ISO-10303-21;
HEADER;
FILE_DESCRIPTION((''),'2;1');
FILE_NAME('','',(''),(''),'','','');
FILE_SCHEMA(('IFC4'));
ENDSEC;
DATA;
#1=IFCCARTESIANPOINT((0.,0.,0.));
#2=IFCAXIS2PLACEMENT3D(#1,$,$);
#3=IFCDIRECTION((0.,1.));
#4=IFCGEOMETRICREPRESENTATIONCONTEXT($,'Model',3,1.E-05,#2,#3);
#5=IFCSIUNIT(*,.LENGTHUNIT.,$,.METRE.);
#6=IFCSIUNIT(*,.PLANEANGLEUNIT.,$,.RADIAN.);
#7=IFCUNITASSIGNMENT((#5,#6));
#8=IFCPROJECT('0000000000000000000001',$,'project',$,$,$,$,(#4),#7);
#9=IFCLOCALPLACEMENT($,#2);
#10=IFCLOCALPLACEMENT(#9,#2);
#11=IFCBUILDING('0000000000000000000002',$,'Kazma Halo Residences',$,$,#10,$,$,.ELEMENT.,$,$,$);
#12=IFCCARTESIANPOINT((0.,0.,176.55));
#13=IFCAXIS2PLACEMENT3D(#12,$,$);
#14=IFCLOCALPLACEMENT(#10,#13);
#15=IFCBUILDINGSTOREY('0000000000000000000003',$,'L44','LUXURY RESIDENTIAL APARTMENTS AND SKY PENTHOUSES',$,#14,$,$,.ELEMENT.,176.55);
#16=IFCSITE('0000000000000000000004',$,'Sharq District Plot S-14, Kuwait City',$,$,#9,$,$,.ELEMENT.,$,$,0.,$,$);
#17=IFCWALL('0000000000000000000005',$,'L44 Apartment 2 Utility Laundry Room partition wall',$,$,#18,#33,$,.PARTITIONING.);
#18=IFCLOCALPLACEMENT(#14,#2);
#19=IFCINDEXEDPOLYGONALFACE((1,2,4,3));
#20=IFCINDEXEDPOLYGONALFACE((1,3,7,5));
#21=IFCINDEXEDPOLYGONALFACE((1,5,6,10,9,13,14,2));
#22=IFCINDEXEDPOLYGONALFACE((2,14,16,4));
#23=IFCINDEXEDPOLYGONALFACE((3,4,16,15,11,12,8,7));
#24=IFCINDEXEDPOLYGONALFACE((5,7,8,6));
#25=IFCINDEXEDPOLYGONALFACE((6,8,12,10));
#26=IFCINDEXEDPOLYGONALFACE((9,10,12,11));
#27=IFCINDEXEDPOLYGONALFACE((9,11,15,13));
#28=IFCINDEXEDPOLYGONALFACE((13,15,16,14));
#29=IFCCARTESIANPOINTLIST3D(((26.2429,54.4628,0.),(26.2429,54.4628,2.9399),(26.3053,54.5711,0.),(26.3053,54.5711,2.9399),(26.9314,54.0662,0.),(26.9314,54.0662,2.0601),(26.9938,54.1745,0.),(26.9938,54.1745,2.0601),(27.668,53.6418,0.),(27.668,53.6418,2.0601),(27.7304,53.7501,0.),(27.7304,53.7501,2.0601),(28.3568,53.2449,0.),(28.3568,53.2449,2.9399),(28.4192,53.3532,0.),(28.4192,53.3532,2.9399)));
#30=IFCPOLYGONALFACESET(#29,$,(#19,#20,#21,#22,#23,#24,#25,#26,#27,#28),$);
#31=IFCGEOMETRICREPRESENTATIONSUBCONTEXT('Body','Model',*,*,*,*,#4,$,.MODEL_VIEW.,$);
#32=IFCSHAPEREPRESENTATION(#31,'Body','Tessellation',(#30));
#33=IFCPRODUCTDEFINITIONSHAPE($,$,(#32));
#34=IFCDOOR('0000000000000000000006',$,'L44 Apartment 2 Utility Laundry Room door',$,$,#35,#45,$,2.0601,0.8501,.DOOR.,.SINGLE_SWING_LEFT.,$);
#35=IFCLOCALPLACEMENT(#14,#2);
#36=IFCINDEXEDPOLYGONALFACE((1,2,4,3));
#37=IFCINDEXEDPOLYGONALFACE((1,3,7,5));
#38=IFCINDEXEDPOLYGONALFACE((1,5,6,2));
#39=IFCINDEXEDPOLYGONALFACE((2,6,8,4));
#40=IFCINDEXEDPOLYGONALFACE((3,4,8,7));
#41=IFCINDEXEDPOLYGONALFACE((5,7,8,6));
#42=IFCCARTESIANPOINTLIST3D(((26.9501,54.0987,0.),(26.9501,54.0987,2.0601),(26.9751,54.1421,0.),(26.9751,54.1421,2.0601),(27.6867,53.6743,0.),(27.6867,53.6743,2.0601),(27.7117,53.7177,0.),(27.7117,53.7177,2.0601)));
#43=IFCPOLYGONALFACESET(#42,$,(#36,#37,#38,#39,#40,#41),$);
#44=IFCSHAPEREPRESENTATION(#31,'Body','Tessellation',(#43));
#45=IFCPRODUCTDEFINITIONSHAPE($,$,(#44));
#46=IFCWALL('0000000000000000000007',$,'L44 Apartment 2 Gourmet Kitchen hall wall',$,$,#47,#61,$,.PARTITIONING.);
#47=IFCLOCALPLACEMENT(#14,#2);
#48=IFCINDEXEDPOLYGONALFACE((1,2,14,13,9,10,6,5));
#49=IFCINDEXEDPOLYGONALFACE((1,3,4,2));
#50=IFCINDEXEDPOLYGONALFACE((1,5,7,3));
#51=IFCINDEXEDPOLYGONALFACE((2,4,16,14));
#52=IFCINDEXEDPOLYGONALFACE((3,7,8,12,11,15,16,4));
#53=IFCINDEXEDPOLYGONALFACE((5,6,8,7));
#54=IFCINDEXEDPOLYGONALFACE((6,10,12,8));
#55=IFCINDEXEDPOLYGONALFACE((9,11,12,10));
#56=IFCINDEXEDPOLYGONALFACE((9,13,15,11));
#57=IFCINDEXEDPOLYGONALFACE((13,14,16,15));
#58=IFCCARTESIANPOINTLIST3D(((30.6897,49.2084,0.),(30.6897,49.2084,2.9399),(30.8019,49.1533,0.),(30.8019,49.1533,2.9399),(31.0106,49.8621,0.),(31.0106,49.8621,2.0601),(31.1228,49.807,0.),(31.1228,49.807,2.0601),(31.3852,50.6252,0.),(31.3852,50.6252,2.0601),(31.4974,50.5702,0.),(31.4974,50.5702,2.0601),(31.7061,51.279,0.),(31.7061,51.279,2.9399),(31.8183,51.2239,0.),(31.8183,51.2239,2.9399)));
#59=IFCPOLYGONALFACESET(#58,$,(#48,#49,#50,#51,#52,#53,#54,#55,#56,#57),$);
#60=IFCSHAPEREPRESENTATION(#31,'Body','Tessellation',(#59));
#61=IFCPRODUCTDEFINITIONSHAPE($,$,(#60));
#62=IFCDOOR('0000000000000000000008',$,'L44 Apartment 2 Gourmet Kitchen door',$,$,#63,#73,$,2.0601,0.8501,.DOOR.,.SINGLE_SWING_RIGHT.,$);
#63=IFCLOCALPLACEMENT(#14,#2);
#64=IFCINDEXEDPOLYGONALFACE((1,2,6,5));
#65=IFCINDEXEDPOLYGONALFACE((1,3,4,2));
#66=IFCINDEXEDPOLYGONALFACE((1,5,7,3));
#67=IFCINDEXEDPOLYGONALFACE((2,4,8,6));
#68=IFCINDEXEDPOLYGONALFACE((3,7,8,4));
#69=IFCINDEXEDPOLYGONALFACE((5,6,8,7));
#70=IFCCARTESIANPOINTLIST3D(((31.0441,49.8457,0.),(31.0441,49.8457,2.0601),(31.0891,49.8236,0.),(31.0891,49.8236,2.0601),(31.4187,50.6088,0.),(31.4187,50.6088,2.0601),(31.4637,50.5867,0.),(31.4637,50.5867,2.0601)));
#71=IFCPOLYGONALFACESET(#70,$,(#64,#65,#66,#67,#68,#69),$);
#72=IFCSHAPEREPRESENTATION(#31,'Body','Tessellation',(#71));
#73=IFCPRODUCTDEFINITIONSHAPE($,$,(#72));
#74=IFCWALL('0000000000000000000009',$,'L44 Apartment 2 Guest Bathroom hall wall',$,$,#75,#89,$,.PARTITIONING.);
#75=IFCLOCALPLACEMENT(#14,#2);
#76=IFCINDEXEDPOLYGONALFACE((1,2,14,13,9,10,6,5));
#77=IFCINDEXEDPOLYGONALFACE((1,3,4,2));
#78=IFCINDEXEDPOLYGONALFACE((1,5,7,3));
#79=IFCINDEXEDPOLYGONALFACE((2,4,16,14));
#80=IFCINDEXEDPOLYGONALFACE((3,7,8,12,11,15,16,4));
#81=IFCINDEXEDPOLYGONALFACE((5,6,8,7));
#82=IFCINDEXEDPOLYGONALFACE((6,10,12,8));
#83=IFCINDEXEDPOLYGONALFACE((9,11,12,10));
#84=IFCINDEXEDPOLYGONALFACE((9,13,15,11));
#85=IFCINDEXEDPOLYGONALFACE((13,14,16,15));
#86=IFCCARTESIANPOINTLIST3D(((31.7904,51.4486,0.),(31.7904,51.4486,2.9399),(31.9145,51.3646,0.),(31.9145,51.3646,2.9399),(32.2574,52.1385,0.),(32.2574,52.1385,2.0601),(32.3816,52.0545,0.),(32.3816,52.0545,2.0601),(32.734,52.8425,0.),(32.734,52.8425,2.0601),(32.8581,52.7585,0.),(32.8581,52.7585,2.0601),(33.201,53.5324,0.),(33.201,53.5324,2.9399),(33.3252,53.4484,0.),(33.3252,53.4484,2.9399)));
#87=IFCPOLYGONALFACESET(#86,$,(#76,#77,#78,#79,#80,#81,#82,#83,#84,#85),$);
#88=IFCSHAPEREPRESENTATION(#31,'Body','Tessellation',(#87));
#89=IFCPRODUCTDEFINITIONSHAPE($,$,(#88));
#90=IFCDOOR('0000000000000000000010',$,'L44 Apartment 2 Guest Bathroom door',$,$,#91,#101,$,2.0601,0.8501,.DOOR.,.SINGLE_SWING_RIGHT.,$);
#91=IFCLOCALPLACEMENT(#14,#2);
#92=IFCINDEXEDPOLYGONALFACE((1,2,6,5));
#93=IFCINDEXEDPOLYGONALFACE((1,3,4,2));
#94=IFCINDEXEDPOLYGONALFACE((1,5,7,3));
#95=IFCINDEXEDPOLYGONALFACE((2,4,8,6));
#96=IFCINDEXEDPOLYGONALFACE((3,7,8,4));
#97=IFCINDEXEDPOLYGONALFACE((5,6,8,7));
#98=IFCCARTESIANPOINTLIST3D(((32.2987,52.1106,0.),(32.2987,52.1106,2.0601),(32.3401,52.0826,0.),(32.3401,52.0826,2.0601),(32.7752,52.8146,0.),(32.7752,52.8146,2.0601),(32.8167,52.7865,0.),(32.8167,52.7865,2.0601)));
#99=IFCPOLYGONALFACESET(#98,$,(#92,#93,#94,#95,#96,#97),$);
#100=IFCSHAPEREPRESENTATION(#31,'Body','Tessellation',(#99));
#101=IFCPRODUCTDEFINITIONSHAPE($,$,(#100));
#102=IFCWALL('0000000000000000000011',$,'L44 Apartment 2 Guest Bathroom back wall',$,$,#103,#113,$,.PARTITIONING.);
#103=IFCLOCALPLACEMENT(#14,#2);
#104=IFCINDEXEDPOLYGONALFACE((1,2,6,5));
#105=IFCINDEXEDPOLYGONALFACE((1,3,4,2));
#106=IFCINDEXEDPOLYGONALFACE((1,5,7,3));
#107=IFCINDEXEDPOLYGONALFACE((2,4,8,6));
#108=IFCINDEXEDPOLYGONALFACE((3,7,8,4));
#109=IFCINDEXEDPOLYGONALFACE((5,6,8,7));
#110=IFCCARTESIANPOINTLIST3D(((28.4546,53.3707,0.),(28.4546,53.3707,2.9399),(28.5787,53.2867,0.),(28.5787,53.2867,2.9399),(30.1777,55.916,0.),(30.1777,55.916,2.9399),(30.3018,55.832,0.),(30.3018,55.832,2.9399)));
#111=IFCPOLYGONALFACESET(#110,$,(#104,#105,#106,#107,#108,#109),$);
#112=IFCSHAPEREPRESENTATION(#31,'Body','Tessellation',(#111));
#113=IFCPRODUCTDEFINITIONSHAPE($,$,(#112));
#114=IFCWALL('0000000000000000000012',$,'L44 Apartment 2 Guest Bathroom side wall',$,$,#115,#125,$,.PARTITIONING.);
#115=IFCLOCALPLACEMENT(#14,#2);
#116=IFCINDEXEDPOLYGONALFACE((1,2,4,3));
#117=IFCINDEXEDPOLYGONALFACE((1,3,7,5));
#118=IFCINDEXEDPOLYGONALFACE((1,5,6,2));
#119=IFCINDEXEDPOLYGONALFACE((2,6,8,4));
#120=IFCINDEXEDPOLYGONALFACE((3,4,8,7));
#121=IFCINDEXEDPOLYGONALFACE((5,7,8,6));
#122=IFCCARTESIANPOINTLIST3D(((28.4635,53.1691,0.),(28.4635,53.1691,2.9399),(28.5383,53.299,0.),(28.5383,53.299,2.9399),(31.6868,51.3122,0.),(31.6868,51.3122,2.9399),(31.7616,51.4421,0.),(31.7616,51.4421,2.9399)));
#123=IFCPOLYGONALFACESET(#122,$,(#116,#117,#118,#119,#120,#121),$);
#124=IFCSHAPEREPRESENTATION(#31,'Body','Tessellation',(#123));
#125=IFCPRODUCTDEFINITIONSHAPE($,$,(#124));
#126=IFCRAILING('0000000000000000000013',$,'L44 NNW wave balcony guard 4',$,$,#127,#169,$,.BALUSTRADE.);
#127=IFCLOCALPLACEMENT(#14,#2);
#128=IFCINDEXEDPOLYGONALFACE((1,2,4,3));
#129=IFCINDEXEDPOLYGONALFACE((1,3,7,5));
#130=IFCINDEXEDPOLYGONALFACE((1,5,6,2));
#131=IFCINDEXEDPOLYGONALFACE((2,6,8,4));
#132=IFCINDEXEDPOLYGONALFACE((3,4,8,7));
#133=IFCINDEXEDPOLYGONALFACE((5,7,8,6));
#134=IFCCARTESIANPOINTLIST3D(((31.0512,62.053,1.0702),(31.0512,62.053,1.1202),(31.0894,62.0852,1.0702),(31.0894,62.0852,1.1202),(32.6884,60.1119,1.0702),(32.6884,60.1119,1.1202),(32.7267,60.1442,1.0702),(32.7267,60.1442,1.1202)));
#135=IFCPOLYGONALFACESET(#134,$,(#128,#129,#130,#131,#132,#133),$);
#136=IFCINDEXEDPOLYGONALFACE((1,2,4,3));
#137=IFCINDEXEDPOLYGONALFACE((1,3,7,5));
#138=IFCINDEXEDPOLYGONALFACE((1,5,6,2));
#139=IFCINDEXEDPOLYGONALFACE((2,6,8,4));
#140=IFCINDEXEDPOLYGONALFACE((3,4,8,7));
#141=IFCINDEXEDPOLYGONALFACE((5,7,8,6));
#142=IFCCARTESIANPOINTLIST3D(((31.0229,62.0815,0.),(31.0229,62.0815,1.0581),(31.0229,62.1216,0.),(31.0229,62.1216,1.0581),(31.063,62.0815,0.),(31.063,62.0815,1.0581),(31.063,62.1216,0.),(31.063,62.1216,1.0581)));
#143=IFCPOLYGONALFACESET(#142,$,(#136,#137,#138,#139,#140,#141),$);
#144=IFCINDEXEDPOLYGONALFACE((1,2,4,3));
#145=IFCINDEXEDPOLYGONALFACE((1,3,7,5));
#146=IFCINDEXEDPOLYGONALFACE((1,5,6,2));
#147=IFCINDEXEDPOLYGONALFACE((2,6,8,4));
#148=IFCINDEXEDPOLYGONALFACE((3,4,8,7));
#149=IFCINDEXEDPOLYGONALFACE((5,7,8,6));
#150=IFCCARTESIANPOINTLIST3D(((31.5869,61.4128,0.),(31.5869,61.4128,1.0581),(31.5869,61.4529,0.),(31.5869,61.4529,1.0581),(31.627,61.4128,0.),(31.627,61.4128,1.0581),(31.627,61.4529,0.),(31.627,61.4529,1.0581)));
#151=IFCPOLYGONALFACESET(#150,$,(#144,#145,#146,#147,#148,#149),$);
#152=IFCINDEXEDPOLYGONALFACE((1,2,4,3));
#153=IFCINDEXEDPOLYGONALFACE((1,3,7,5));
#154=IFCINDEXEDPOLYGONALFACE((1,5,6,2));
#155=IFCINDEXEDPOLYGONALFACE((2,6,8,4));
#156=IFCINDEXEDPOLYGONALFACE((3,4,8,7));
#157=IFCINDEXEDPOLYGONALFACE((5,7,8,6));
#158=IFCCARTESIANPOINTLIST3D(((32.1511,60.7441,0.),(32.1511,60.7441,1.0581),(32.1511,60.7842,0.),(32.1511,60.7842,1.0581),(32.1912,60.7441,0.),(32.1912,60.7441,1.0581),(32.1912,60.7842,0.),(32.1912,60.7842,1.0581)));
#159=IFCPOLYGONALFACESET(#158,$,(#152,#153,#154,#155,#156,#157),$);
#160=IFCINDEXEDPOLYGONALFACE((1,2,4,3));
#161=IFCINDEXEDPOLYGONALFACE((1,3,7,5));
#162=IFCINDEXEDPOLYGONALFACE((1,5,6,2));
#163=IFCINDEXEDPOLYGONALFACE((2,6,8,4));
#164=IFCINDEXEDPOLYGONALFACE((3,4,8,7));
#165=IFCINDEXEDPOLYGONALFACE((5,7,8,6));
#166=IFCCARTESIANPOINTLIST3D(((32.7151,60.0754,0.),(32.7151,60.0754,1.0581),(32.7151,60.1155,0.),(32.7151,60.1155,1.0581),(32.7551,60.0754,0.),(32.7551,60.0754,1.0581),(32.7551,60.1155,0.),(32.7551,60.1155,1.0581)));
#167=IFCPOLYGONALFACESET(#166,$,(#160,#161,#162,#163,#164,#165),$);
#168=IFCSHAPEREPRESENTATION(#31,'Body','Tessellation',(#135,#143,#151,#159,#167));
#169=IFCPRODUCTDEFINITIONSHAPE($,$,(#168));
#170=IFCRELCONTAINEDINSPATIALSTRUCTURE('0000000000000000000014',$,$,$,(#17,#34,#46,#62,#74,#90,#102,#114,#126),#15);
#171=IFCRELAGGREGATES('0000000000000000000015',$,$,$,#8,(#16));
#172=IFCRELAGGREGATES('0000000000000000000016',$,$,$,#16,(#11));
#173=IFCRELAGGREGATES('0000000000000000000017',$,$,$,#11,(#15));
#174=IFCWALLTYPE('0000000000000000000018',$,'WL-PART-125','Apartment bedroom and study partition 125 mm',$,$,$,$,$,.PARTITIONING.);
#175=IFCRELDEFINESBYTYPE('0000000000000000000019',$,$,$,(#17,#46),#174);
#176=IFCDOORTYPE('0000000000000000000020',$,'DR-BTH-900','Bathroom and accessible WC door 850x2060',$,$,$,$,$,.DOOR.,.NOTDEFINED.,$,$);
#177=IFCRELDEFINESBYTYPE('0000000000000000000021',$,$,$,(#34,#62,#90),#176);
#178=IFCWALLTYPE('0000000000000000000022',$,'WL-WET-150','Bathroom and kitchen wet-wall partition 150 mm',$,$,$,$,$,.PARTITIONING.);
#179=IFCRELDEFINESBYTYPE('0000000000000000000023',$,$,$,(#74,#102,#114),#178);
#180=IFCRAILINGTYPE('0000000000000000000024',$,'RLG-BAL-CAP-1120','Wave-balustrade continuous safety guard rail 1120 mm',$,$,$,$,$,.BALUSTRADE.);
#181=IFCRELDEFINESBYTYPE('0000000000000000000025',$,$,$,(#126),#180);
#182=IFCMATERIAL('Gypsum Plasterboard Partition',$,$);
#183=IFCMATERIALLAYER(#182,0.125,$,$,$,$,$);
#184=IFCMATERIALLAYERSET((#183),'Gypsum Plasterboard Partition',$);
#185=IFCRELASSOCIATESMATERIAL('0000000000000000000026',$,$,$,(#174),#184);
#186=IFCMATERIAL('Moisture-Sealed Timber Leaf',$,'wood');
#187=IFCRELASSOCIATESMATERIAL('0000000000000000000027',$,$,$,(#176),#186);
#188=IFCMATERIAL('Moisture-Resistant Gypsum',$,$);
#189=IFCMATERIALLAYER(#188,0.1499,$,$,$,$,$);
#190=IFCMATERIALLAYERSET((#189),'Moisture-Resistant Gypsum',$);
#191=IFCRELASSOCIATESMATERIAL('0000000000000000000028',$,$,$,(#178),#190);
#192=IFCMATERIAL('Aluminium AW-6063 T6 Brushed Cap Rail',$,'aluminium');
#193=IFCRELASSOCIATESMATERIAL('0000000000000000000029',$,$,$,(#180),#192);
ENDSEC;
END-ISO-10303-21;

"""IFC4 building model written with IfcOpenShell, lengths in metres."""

from ifc_helpers import new_model, si_unit, direction, frame, frame_2d, origin, origin_2d, place, context, subcontext, project, spatial, rectangle, extrude, material, layer, layer_set, type_object, element, fill, save


model = new_model("IFC4")

# Units and contexts
model_context = context("Model", 3, precision=1e-05, world=origin(), true_north=direction((0.0, 1.0)))
body_context = subcontext(model_context, "Body", "Model", "MODEL_VIEW")
ifc_project = project(units=[si_unit("LENGTHUNIT", "METRE"), si_unit("PLANEANGLEUNIT", "RADIAN")], contexts=[model_context])

# Site, building, storey
site_placement = place(None, origin())
site = spatial("IfcSite", under=ifc_project, at=site_placement, Name="Sharq District Plot S-14, Kuwait City", CompositionType="ELEMENT", RefElevation=0.0)
building_placement = place(site_placement, origin())
building = spatial("IfcBuilding", under=site, at=building_placement, Name="Kazma Halo Residences", CompositionType="ELEMENT")
storey_placement = place(building_placement, frame((0.0, 0.0, 176.55)))
storey = spatial("IfcBuildingStorey", under=building, at=storey_placement, Name="L44", Description="LUXURY RESIDENTIAL APARTMENTS AND SKY PENTHOUSES", CompositionType="ELEMENT", Elevation=176.55)

# Shared definitions
ifc_material_1 = material(Name="Gypsum Plasterboard Partition")
ifc_layer_1 = layer(ifc_material_1, 0.125)
ifc_layer_set_1 = layer_set([ifc_layer_1], Name="Gypsum Plasterboard Partition")
wall_type_1 = type_object("IfcWallType", Name="WL-PART-125", Description="Apartment bedroom and study partition 125 mm", PredefinedType="PARTITIONING", material=ifc_layer_set_1)

# Walls, openings, doors
wall_1_placement = place(storey_placement, frame((28.3879, 53.2991, 0.0), z_axis=(0.0, 0.0, 1.0), x_axis=(-0.86647, 0.499229, 0.0)))
wall_1 = element("IfcWall", 1, at=wall_1_placement, inside=storey, type_object=wall_type_1, Name="L44 Apartment 2 Utility Laundry Room partition wall", PredefinedType="PARTITIONING", context=body_context, shape_type="SweptSolid", body=[
    extrude(rectangle(XDim=2.4397, YDim=0.125, at=frame_2d((1.2197, 0.0))), origin(), (0.0, 0.0, 1.0), 2.9399),
])
opening_1_placement = place(wall_1_placement, frame((0.7949, 0.0, 0.0)))
opening_1 = element("IfcOpeningElement", 2, at=opening_1_placement, cuts=wall_1, PredefinedType="OPENING", context=body_context, shape_type="SweptSolid", body=[
    extrude(rectangle(XDim=0.8501, YDim=2.0601, at=frame_2d((0.425, 1.03))), frame((0.0, 0.0725, 0.0), z_axis=(0.0, -1.0, 0.0), x_axis=(1.0, 0.0, 0.0)), (0.0, 0.0, 1.0), 0.145),
])
ifc_material_2 = material(Name="Moisture-Sealed Timber Leaf", Category="wood")
door_type_1 = type_object("IfcDoorType", Name="DR-BTH-900", Description="Bathroom and accessible WC door 850x2060", OperationType="NOTDEFINED", PredefinedType="DOOR", material=ifc_material_2)
door_1_placement = place(opening_1_placement, origin())
door_1 = element("IfcDoor", 3, at=door_1_placement, inside=storey, type_object=door_type_1, Name="L44 Apartment 2 Utility Laundry Room door", OperationType="SINGLE_SWING_LEFT", OverallHeight=2.0601, OverallWidth=0.8501, PredefinedType="DOOR", context=body_context, shape_type="SweptSolid", body=[
    extrude(rectangle(XDim=0.8501, YDim=2.0601, at=frame_2d((0.425, 1.03))), frame((0.0, 0.0249, 0.0), z_axis=(0.0, -1.0, 0.0), x_axis=(1.0, 0.0, 0.0)), (0.0, 0.0, 1.0), 0.05),
])
fill(opening_1, door_1)
wall_2_placement = place(storey_placement, frame((31.7622, 51.2515, 0.0), z_axis=(0.0, 0.0, 1.0), x_axis=(-0.440639, -0.897684, 0.0)))
wall_2 = element("IfcWall", 4, at=wall_2_placement, inside=storey, type_object=wall_type_1, Name="L44 Apartment 2 Gourmet Kitchen hall wall", PredefinedType="PARTITIONING", context=body_context, shape_type="SweptSolid", body=[
    extrude(rectangle(XDim=2.3066, YDim=0.125, at=frame_2d((1.1533, 0.0))), origin(), (0.0, 0.0, 1.0), 2.9399),
])
opening_2_placement = place(wall_2_placement, frame((0.7283, 0.0, 0.0)))
opening_2 = element("IfcOpeningElement", 5, at=opening_2_placement, cuts=wall_2, PredefinedType="OPENING", context=body_context, shape_type="SweptSolid", body=[
    extrude(rectangle(XDim=0.8501, YDim=2.0601, at=frame_2d((0.425, 1.03))), frame((0.0, 0.0725, 0.0), z_axis=(0.0, -1.0, 0.0), x_axis=(1.0, 0.0, 0.0)), (0.0, 0.0, 1.0), 0.145),
])
door_2_placement = place(opening_2_placement, origin())
door_2 = element("IfcDoor", 6, at=door_2_placement, inside=storey, type_object=door_type_1, Name="L44 Apartment 2 Gourmet Kitchen door", OperationType="SINGLE_SWING_RIGHT", OverallHeight=2.0601, OverallWidth=0.8501, PredefinedType="DOOR", context=body_context, shape_type="SweptSolid", body=[
    extrude(rectangle(XDim=0.8501, YDim=2.0601, at=frame_2d((0.425, 1.03))), frame((0.0, 0.0249, 0.0), z_axis=(0.0, -1.0, 0.0), x_axis=(1.0, 0.0, 0.0)), (0.0, 0.0, 1.0), 0.05),
])
fill(opening_2, door_2)
ifc_material_3 = material(Name="Moisture-Resistant Gypsum")
ifc_layer_2 = layer(ifc_material_3, 0.1499)
ifc_layer_set_2 = layer_set([ifc_layer_2], Name="Moisture-Resistant Gypsum")
wall_type_2 = type_object("IfcWallType", Name="WL-WET-150", Description="Bathroom and kitchen wet-wall partition 150 mm", PredefinedType="PARTITIONING", material=ifc_layer_set_2)
wall_3_placement = place(storey_placement, frame((33.2632, 53.4905, 0.0), z_axis=(0.0, 0.0, 1.0), x_axis=(-0.560597, -0.828089, 0.0)))
wall_3 = element("IfcWall", 7, at=wall_3_placement, inside=storey, type_object=wall_type_2, Name="L44 Apartment 2 Guest Bathroom hall wall", PredefinedType="PARTITIONING", context=body_context, shape_type="SweptSolid", body=[
    extrude(rectangle(XDim=2.5164, YDim=0.1499, at=frame_2d((1.2583, 0.0))), origin(), (0.0, 0.0, 1.0), 2.9399),
])
opening_3_placement = place(wall_3_placement, frame((0.8333, 0.0, 0.0)))
opening_3 = element("IfcOpeningElement", 8, at=opening_3_placement, cuts=wall_3, PredefinedType="OPENING", context=body_context, shape_type="SweptSolid", body=[
    extrude(rectangle(XDim=0.8501, YDim=2.0601, at=frame_2d((0.425, 1.03))), frame((0.0, 0.085, 0.0), z_axis=(0.0, -1.0, 0.0), x_axis=(1.0, 0.0, 0.0)), (0.0, 0.0, 1.0), 0.1699),
])
door_3_placement = place(opening_3_placement, origin())
door_3 = element("IfcDoor", 9, at=door_3_placement, inside=storey, type_object=door_type_1, Name="L44 Apartment 2 Guest Bathroom door", OperationType="SINGLE_SWING_RIGHT", OverallHeight=2.0601, OverallWidth=0.8501, PredefinedType="DOOR", context=body_context, shape_type="SweptSolid", body=[
    extrude(rectangle(XDim=0.8501, YDim=2.0601, at=frame_2d((0.425, 1.03))), frame((0.0, 0.0249, 0.0), z_axis=(0.0, -1.0, 0.0), x_axis=(1.0, 0.0, 0.0)), (0.0, 0.0, 1.0), 0.05),
])
fill(opening_3, door_3)

# Walls
wall_4_placement = place(storey_placement, frame((30.2397, 55.874, 0.0), z_axis=(0.0, 0.0, 1.0), x_axis=(-0.560588, -0.828095, 0.0)))
element("IfcWall", 10, at=wall_4_placement, inside=storey, type_object=wall_type_2, Name="L44 Apartment 2 Guest Bathroom back wall", PredefinedType="PARTITIONING", context=body_context, shape_type="SweptSolid", body=[
    extrude(rectangle(XDim=3.0737, YDim=0.1499, at=frame_2d((1.5369, 0.0))), origin(), (0.0, 0.0, 1.0), 2.9399),
])
wall_5_placement = place(storey_placement, frame((31.7241, 51.3772, 0.0), z_axis=(0.0, 0.0, 1.0), x_axis=(-0.866501, 0.499175, 0.0)))
element("IfcWall", 11, at=wall_5_placement, inside=storey, type_object=wall_type_2, Name="L44 Apartment 2 Guest Bathroom side wall", PredefinedType="PARTITIONING", context=body_context, shape_type="SweptSolid", body=[
    extrude(rectangle(XDim=3.72, YDim=0.1499, at=frame_2d((1.8599, 0.0))), origin(), (0.0, 0.0, 1.0), 2.9399),
])

# Railing
ifc_material_4 = material(Name="Aluminium AW-6063 T6 Brushed Cap Rail", Category="aluminium")
railing_type = type_object("IfcRailingType", Name="RLG-BAL-CAP-1120", Description="Wave-balustrade continuous safety guard rail 1120 mm", PredefinedType="BALUSTRADE", material=ifc_material_4)
railing_1_placement = place(storey_placement, frame((31.043, 62.1016, 0.0)))
element("IfcRailing", 12, at=railing_1_placement, inside=storey, type_object=railing_type, Name="L44 NNW wave balcony guard 4", PredefinedType="BALUSTRADE", context=body_context, shape_type="SweptSolid", body=[
    extrude(rectangle(XDim=0.05, YDim=0.05, at=origin_2d()), frame((0.0273, -0.0325, 1.0952), z_axis=(0.644757, -0.764387, 0.0), x_axis=(0.764387, 0.644757, 0.0)), (0.0, 0.0, 1.0), 2.5393),
    extrude(rectangle(XDim=0.04, YDim=0.04, at=origin_2d()), origin(), (0.0, 0.0, 1.0), 1.0581),
    extrude(rectangle(XDim=0.04, YDim=0.04, at=origin_2d()), frame((0.564, -0.6687, 0.0)), (0.0, 0.0, 1.0), 1.0581),
    extrude(rectangle(XDim=0.04, YDim=0.04, at=origin_2d()), frame((1.1282, -1.3374, 0.0)), (0.0, 0.0, 1.0), 1.0581),
    extrude(rectangle(XDim=0.04, YDim=0.04, at=origin_2d()), frame((1.6921, -2.0061, 0.0)), (0.0, 0.0, 1.0), 1.0581),
])

save(model, "model.ifc")
